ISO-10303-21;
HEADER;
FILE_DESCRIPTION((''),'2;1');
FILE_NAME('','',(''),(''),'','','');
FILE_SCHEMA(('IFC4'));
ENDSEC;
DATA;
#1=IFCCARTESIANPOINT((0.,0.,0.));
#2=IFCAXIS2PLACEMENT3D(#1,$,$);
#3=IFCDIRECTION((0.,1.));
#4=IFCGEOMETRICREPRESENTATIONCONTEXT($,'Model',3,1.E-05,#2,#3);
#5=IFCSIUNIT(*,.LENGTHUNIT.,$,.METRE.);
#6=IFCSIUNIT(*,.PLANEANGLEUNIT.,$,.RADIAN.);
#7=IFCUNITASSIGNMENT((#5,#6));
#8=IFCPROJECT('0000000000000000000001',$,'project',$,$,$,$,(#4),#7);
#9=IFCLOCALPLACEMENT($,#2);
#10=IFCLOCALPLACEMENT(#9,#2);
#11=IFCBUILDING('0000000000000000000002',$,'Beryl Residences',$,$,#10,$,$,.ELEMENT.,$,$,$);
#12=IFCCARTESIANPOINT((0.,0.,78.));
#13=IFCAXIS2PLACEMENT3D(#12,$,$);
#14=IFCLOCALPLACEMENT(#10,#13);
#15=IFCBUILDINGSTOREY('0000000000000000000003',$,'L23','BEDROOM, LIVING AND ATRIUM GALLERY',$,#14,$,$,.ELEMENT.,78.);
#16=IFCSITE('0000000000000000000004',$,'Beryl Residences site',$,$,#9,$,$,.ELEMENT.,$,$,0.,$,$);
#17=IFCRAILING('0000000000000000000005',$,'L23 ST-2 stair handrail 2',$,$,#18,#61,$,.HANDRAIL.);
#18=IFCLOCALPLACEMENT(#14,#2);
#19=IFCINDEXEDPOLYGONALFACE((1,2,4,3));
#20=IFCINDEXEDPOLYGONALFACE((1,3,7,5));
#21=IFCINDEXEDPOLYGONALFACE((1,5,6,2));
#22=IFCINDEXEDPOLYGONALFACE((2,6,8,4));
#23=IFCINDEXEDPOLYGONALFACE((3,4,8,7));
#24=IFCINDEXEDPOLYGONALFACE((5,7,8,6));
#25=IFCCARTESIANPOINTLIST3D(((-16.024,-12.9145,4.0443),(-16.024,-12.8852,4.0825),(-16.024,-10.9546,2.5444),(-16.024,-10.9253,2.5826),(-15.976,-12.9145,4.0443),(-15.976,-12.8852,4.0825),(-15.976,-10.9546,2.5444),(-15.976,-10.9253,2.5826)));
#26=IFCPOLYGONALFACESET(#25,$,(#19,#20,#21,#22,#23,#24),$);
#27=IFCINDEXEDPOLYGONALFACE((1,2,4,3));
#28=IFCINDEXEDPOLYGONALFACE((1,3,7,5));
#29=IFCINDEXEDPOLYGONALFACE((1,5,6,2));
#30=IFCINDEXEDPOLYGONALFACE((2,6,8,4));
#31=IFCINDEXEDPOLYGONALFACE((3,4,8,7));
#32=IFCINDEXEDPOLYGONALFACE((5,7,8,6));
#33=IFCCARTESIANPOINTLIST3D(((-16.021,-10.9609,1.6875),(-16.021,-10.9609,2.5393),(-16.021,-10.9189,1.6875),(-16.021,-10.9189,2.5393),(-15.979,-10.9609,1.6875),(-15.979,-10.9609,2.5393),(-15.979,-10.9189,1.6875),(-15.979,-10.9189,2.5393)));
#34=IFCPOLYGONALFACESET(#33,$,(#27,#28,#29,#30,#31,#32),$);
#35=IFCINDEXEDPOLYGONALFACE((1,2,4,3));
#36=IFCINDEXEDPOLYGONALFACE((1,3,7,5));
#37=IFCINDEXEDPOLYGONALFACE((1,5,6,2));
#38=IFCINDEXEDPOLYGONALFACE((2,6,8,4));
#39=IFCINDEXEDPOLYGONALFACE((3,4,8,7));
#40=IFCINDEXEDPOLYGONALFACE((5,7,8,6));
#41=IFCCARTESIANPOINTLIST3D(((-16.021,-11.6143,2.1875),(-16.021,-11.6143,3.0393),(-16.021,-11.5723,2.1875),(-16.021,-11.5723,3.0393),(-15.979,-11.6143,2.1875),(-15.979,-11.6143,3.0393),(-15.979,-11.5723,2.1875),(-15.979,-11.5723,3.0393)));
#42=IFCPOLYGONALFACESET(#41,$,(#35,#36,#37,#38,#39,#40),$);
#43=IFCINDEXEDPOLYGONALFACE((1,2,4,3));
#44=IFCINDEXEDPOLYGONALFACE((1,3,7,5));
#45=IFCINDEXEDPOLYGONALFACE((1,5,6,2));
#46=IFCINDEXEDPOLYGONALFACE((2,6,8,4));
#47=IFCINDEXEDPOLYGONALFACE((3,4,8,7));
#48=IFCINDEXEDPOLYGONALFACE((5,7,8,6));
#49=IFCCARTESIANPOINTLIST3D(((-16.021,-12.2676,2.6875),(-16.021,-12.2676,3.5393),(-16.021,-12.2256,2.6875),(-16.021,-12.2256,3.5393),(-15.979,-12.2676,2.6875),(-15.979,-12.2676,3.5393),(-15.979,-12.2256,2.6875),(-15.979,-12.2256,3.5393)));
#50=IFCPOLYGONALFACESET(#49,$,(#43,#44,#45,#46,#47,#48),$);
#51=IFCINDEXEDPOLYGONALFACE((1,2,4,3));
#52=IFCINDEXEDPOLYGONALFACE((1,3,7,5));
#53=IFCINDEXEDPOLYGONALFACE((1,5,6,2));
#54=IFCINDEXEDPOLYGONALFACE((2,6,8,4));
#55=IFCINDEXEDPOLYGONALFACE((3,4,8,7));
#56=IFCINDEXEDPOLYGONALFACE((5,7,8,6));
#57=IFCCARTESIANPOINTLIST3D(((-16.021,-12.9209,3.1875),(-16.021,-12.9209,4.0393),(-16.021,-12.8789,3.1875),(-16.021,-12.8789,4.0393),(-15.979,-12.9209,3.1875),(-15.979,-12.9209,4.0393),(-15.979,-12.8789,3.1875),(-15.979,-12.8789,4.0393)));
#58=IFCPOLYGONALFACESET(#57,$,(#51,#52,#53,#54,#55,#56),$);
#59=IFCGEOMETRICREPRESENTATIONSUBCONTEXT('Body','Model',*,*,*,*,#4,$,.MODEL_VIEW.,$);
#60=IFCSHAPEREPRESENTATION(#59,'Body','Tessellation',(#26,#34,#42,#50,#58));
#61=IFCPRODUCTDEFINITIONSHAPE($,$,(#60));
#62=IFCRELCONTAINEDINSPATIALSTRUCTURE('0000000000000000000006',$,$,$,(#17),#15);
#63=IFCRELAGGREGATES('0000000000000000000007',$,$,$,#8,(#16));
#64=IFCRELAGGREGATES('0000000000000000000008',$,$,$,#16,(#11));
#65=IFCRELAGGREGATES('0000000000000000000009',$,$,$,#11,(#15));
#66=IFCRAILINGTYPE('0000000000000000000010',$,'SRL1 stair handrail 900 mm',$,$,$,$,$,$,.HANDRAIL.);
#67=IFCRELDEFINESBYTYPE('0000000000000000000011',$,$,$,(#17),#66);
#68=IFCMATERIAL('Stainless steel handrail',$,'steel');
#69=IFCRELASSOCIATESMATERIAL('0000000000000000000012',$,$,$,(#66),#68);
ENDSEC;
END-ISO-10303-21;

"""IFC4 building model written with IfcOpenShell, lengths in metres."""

from ifc_helpers import new_model, si_unit, direction, frame, origin, origin_2d, place, context, subcontext, project, spatial, rectangle, extrude, material, type_object, element, save


model = new_model("IFC4")

# Units and contexts
model_context = context("Model", 3, precision=1e-05, world=origin(), true_north=direction((0.0, 1.0)))
body_context = subcontext(model_context, "Body", "Model", "MODEL_VIEW")
ifc_project = project(units=[si_unit("LENGTHUNIT", "METRE"), si_unit("PLANEANGLEUNIT", "RADIAN")], contexts=[model_context])

# Site, building, storey
site_placement = place(None, origin())
site = spatial("IfcSite", under=ifc_project, at=site_placement, Name="Beryl Residences site", CompositionType="ELEMENT", RefElevation=0.0)
building_placement = place(site_placement, origin())
building = spatial("IfcBuilding", under=site, at=building_placement, Name="Beryl Residences", CompositionType="ELEMENT")
storey_placement = place(building_placement, frame((0.0, 0.0, 78.0)))
storey = spatial("IfcBuildingStorey", under=building, at=storey_placement, Name="L23", Description="BEDROOM, LIVING AND ATRIUM GALLERY", CompositionType="ELEMENT", Elevation=78.0)

# Railing
ifc_material_1 = material(Name="Stainless steel handrail", Category="steel")
railing_type_1 = type_object("IfcRailingType", Name="SRL1 stair handrail 900 mm", PredefinedType="HANDRAIL", material=ifc_material_1)
railing_1_placement = place(storey_placement, frame((-16.0, -10.9399, 1.6875)))
element("IfcRailing", 1, at=railing_1_placement, inside=storey, type_object=railing_type_1, Name="L23 ST-2 stair handrail 2", PredefinedType="HANDRAIL", context=body_context, shape_type="SweptSolid", body=[
    extrude(rectangle(XDim=0.0481, YDim=0.0481, at=origin_2d()), frame((0.0, 0.0, 0.876), z_axis=(0.0, -0.794122, 0.607758), x_axis=(1.0, 0.0, 0.0)), (0.0, 0.0, 1.0), 2.468),
    extrude(rectangle(XDim=0.042, YDim=0.042, at=origin_2d()), origin(), (0.0, 0.0, 1.0), 0.8518),
    extrude(rectangle(XDim=0.042, YDim=0.042, at=origin_2d()), frame((0.0, -0.6533, 0.5)), (0.0, 0.0, 1.0), 0.8518),
    extrude(rectangle(XDim=0.042, YDim=0.042, at=origin_2d()), frame((0.0, -1.3066, 1.0)), (0.0, 0.0, 1.0), 0.8518),
    extrude(rectangle(XDim=0.042, YDim=0.042, at=origin_2d()), frame((0.0, -1.96, 1.5)), (0.0, 0.0, 1.0), 0.8518),
])

save(model, "model.ifc")
